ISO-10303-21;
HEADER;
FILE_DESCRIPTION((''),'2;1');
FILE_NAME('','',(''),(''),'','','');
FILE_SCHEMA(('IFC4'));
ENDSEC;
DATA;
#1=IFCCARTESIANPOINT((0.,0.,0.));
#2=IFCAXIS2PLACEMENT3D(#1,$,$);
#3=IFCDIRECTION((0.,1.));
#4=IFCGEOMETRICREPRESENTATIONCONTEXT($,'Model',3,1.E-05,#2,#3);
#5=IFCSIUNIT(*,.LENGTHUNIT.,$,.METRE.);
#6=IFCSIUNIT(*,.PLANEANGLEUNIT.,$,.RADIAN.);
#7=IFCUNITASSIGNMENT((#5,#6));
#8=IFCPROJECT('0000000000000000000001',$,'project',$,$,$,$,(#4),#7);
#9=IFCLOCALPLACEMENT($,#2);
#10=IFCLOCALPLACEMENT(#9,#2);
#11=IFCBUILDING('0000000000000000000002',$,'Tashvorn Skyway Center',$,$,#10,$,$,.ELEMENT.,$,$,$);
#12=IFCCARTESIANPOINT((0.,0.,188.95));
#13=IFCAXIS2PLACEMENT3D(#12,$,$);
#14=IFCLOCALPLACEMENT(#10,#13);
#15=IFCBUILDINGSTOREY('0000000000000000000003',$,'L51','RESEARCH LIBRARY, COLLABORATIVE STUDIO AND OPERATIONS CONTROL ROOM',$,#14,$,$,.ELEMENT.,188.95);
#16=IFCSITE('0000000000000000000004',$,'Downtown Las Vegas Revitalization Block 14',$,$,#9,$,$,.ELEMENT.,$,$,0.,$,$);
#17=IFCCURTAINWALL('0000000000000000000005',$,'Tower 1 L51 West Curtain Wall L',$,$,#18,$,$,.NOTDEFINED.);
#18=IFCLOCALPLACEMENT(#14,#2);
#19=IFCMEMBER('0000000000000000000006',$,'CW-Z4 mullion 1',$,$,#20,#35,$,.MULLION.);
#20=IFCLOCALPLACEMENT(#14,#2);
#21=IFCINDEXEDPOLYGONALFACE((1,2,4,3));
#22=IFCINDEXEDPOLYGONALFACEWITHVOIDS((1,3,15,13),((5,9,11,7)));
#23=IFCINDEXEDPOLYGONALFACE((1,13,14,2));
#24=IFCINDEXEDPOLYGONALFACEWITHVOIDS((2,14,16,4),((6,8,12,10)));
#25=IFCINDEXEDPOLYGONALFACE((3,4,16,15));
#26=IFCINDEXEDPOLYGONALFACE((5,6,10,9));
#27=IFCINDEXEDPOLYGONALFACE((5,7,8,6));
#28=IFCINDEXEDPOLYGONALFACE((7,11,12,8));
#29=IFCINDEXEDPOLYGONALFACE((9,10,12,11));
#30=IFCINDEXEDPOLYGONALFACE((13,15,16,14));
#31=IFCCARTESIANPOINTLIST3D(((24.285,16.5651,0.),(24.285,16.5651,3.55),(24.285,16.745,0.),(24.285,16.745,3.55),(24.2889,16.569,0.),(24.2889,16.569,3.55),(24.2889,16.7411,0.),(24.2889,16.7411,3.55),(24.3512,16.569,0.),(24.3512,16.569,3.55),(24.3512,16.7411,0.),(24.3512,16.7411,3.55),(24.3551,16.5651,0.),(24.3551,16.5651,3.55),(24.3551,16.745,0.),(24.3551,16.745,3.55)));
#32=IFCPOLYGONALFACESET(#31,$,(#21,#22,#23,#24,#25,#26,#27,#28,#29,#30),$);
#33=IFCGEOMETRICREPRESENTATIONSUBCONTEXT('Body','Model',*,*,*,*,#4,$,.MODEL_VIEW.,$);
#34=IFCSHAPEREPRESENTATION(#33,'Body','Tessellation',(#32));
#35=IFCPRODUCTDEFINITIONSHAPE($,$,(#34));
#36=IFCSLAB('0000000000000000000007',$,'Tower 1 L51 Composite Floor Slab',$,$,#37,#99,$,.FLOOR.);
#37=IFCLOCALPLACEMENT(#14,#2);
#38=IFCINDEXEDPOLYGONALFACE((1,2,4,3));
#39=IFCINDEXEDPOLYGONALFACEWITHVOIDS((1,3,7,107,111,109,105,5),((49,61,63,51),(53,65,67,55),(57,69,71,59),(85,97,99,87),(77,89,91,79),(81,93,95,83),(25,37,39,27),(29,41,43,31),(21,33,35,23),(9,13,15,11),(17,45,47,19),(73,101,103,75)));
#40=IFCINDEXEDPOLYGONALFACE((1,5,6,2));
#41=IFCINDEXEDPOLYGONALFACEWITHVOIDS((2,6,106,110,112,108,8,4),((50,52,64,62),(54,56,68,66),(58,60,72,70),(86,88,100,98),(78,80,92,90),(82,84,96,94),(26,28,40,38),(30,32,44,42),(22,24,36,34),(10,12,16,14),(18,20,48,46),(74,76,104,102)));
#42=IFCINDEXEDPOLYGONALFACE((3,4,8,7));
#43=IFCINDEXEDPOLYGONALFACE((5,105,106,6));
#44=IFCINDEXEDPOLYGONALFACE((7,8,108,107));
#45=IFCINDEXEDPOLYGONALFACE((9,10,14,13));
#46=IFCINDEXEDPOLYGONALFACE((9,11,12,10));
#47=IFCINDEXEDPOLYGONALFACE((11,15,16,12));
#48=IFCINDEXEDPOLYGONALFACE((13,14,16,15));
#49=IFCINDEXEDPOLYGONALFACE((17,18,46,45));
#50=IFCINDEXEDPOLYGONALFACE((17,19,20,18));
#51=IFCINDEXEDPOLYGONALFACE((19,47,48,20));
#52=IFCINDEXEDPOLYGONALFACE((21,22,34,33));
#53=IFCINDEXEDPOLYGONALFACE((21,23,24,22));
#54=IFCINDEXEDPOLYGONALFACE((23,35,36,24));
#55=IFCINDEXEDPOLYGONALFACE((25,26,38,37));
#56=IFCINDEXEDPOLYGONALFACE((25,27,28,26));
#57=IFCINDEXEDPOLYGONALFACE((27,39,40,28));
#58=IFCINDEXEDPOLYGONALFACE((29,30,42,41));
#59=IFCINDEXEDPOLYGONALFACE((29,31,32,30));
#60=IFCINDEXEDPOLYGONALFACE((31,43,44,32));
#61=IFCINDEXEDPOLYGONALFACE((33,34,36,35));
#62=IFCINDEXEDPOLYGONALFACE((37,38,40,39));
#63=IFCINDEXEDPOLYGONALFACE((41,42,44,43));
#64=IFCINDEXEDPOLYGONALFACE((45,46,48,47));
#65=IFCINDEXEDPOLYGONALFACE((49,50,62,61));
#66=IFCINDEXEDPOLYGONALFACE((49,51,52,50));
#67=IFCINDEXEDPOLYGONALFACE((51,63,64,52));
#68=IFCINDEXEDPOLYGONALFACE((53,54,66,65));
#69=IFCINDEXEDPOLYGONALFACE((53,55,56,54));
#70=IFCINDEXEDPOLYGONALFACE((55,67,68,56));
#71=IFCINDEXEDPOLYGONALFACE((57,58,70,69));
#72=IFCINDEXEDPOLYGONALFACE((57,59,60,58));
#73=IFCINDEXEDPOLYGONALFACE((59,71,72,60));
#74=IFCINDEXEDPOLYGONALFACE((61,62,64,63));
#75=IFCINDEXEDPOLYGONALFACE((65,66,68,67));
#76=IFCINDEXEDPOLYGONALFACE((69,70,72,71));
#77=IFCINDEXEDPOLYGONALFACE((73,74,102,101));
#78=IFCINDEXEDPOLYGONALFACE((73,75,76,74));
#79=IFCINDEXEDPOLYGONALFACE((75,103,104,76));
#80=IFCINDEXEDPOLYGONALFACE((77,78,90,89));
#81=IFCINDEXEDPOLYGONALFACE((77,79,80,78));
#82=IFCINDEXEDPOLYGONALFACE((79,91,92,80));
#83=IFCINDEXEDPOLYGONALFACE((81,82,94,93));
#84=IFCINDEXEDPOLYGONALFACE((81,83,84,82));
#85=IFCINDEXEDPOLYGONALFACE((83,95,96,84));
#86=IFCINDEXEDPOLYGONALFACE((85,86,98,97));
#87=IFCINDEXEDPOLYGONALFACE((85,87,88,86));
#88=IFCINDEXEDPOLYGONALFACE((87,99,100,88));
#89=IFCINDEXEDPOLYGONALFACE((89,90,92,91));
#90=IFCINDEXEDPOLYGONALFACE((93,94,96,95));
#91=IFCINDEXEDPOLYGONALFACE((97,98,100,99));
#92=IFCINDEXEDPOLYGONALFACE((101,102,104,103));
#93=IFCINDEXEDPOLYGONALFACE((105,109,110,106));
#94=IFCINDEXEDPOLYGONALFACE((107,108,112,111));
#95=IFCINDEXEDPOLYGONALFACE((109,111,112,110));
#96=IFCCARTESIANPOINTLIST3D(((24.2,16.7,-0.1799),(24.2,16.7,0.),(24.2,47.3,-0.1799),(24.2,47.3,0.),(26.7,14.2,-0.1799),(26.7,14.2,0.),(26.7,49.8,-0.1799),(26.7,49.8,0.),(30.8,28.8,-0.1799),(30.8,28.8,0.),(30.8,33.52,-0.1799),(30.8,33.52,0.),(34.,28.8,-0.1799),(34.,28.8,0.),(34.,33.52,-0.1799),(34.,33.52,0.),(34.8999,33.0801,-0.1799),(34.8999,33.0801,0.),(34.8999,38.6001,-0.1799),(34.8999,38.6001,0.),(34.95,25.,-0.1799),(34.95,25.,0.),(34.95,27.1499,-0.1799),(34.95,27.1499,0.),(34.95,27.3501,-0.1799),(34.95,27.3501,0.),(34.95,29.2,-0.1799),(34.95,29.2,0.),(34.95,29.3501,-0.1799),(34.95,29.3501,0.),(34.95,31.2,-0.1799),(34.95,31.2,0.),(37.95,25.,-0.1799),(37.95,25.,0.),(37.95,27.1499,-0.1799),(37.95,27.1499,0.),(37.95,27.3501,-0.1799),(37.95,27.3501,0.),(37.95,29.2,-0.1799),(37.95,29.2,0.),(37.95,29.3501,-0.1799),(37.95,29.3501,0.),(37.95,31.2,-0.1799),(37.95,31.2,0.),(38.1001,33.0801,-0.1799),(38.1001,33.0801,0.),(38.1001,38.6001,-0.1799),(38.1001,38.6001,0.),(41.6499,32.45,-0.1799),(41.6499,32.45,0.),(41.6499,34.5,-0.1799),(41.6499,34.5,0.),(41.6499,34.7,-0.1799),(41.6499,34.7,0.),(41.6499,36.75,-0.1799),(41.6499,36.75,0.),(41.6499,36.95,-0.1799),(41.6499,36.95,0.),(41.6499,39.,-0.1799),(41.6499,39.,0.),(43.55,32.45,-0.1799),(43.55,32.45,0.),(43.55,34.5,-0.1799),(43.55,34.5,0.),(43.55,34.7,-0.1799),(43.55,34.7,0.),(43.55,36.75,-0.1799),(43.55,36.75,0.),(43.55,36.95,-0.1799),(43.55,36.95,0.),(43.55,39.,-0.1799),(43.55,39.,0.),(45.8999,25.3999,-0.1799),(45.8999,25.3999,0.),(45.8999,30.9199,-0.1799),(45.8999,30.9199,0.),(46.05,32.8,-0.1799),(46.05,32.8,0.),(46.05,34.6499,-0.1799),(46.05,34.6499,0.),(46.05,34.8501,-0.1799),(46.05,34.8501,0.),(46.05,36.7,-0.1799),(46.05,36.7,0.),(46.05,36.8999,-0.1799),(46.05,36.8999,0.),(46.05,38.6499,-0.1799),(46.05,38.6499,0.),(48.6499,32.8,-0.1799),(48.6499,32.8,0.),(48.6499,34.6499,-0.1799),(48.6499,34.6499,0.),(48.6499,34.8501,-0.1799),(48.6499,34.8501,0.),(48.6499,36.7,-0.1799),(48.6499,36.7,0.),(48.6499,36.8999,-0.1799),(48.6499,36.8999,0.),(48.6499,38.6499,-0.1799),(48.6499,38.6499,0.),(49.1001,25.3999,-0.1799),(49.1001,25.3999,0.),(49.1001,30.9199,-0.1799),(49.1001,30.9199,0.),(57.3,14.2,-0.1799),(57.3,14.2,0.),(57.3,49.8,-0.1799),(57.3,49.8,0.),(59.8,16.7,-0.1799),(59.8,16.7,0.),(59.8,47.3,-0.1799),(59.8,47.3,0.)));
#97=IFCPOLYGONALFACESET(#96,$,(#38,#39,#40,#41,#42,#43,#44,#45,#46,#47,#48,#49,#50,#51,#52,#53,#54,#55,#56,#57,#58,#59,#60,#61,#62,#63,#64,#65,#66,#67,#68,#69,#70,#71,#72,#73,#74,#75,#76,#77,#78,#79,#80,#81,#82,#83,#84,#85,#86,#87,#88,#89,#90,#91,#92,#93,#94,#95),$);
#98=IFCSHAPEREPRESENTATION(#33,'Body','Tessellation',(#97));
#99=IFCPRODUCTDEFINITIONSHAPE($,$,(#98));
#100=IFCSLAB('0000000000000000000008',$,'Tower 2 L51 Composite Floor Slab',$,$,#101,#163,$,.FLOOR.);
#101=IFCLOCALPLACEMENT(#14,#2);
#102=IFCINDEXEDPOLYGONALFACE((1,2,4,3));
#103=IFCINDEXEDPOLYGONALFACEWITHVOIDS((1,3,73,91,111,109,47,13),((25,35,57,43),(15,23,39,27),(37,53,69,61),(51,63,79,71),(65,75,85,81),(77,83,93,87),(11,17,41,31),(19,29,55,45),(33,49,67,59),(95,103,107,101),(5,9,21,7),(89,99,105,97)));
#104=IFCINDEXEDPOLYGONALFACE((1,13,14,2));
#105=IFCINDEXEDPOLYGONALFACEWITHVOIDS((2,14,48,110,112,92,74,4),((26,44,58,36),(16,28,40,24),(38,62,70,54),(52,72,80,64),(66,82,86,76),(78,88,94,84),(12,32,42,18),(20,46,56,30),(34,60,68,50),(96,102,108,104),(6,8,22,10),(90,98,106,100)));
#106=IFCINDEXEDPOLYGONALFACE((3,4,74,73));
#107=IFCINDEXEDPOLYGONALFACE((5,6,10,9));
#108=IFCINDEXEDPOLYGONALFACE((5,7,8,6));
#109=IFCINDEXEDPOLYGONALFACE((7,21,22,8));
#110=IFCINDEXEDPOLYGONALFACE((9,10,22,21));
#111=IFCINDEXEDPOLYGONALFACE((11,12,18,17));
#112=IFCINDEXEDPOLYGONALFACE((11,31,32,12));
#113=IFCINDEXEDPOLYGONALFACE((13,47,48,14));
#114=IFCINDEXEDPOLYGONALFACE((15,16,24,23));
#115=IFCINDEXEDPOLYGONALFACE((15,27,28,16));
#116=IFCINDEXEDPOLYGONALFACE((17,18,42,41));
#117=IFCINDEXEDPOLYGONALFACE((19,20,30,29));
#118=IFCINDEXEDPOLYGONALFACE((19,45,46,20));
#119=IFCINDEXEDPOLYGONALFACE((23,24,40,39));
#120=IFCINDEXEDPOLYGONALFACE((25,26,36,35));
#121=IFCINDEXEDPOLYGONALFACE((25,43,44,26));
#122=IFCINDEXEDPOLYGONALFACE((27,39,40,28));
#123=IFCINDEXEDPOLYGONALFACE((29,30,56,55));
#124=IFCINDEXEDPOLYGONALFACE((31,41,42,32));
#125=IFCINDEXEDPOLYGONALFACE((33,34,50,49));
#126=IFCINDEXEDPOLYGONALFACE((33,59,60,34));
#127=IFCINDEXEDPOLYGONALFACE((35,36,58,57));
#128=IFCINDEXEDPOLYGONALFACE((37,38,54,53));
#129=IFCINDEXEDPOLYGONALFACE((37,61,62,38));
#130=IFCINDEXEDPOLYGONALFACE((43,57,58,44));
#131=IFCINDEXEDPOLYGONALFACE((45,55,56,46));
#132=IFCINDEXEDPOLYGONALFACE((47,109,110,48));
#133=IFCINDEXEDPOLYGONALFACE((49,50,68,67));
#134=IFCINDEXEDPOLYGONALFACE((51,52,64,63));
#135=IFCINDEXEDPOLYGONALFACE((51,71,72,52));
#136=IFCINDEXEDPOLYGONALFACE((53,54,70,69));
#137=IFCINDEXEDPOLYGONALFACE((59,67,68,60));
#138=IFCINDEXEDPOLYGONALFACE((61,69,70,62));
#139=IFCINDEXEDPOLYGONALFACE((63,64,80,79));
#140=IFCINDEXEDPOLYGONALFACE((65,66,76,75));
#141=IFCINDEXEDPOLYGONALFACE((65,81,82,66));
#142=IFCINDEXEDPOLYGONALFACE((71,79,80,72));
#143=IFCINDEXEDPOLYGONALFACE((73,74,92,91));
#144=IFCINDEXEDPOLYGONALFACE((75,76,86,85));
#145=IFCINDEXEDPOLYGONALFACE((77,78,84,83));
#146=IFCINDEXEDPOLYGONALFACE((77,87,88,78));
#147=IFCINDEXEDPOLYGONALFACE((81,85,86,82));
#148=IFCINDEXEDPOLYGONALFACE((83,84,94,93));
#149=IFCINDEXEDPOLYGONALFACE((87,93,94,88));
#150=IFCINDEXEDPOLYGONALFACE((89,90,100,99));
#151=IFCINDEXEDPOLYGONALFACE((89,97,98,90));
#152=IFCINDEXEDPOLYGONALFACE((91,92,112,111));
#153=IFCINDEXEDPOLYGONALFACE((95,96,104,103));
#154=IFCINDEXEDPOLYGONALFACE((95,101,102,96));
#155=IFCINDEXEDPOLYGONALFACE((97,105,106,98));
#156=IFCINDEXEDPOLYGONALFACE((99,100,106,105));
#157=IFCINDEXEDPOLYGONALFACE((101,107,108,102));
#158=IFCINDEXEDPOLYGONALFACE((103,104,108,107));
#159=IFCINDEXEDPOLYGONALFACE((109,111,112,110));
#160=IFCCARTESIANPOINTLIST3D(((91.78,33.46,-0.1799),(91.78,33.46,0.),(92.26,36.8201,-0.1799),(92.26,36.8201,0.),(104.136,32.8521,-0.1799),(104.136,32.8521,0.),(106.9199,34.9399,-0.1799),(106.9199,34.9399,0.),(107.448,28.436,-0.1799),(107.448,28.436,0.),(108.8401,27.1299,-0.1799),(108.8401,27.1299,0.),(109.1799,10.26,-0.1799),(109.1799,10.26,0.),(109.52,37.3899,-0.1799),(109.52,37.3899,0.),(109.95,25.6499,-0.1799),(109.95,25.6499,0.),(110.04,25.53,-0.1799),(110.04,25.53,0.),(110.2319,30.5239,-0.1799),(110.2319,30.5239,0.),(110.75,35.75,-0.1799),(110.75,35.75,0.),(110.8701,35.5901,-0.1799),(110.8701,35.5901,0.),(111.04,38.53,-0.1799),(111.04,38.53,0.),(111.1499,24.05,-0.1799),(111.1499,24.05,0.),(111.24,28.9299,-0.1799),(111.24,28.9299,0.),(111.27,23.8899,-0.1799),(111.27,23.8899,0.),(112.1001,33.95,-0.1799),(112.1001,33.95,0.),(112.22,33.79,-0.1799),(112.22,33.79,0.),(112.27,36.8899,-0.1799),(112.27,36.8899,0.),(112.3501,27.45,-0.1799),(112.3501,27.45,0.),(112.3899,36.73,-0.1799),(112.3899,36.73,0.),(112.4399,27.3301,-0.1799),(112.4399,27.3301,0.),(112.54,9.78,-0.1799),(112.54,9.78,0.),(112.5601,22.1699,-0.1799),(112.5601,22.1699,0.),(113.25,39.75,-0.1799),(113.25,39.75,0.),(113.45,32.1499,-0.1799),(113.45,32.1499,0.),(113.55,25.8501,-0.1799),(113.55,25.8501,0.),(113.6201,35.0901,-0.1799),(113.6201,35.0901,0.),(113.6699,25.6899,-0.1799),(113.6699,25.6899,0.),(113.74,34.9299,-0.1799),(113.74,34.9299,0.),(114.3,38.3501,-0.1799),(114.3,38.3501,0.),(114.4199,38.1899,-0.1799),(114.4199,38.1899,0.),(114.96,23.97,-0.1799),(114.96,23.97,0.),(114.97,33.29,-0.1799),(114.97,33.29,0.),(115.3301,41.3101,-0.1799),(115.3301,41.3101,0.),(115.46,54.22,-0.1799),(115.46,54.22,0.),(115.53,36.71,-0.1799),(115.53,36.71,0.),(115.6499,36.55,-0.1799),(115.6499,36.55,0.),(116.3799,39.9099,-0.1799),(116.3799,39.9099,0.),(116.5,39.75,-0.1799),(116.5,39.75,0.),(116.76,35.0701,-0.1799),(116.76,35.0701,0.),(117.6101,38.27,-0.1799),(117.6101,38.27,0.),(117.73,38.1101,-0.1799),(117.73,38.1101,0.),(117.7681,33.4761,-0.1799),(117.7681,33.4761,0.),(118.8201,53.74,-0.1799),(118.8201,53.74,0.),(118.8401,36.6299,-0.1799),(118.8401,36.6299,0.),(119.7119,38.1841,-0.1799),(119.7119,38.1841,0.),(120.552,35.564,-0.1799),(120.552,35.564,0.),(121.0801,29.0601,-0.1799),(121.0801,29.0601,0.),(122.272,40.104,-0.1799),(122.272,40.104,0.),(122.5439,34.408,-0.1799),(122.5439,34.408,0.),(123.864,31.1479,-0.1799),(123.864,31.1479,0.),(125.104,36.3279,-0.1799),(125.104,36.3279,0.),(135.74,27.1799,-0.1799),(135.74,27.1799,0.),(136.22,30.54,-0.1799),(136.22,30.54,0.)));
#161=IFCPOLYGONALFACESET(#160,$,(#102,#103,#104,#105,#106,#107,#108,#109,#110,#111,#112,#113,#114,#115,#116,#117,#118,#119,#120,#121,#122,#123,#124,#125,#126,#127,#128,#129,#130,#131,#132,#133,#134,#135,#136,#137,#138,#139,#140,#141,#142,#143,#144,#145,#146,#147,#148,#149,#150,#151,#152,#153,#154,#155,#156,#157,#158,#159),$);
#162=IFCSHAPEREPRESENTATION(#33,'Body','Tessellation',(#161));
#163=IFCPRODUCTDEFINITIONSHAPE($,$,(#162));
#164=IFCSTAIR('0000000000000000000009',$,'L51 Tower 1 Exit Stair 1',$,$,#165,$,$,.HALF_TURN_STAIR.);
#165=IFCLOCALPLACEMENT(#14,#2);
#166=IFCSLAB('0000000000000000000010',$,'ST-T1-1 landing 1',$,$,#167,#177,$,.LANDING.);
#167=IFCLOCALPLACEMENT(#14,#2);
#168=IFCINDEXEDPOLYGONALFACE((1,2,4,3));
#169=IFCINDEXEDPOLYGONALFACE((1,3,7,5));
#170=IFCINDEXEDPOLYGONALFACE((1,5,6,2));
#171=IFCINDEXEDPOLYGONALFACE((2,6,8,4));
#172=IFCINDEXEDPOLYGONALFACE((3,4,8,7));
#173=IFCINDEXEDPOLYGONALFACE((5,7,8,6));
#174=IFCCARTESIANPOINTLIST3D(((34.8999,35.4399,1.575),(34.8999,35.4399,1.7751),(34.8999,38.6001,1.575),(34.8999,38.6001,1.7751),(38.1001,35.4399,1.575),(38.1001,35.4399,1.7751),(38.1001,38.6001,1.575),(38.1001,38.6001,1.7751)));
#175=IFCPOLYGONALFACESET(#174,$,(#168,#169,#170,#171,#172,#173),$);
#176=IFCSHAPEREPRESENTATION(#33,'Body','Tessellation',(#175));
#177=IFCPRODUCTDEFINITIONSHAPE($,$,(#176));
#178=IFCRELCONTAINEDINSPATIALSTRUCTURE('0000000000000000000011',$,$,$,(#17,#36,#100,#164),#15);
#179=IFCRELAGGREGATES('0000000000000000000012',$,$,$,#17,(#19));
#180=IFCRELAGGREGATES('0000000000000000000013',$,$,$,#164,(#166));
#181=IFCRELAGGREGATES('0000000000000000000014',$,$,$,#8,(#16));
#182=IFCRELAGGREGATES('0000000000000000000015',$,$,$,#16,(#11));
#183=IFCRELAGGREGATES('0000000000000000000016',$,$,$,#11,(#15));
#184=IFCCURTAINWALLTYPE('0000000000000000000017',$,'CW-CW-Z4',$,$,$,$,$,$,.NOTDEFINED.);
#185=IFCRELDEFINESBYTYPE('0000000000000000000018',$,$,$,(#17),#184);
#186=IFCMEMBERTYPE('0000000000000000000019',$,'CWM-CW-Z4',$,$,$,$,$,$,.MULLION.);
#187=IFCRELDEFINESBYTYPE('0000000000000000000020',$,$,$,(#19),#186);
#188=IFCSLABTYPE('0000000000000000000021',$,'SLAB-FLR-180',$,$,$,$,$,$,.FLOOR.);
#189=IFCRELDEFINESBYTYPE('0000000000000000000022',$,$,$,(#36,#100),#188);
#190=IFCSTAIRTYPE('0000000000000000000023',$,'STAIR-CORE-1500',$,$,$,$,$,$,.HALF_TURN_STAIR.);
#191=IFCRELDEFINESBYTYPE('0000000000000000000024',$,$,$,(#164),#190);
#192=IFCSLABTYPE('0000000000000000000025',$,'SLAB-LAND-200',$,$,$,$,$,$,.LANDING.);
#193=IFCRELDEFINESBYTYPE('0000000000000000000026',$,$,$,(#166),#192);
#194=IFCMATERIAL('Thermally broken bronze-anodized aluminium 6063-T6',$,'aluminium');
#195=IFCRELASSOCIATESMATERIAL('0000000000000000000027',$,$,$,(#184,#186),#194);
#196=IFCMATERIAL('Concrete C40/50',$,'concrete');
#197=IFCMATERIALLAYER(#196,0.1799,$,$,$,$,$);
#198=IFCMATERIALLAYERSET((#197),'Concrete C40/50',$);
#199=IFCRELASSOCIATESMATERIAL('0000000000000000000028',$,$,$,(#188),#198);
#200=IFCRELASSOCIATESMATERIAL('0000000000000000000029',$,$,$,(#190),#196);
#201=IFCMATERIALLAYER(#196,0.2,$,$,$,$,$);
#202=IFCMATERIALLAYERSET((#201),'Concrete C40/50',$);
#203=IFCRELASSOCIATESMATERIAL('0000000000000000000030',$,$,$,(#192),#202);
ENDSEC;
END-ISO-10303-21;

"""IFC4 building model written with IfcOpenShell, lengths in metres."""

from ifc_helpers import new_model, si_unit, direction, frame, origin, origin_2d, place, context, subcontext, project, spatial, polyline, hollow_rectangle, outline, extrude, material, layer, layer_set, material_profile, profile_set, type_object, element, aggregate, save


model = new_model("IFC4")

# Units and contexts
model_context = context("Model", 3, precision=1e-05, world=origin(), true_north=direction((0.0, 1.0)))
body_context = subcontext(model_context, "Body", "Model", "MODEL_VIEW")
ifc_project = project(units=[si_unit("LENGTHUNIT", "METRE"), si_unit("PLANEANGLEUNIT", "RADIAN")], contexts=[model_context])

# Site, building, storey
site_placement = place(None, origin())
site = spatial("IfcSite", under=ifc_project, at=site_placement, Name="Downtown Las Vegas Revitalization Block 14", CompositionType="ELEMENT", RefElevation=0.0)
building_placement = place(site_placement, origin())
building = spatial("IfcBuilding", under=site, at=building_placement, Name="Tashvorn Skyway Center", CompositionType="ELEMENT")
storey_placement = place(building_placement, frame((0.0, 0.0, 188.95)))
storey = spatial("IfcBuildingStorey", under=building, at=storey_placement, Name="L51", Description="RESEARCH LIBRARY, COLLABORATIVE STUDIO AND OPERATIONS CONTROL ROOM", CompositionType="ELEMENT", Elevation=188.95)

# Curtain wall, member
ifc_material_1 = material(Name="Thermally broken bronze-anodized aluminium 6063-T6", Category="aluminium")
curtain_wall_type = type_object("IfcCurtainWallType", Name="CW-CW-Z4", PredefinedType="NOTDEFINED", material=ifc_material_1)
curtain_wall_placement = place(storey_placement, origin())
curtain_wall = element("IfcCurtainWall", 1, at=curtain_wall_placement, inside=storey, type_object=curtain_wall_type, Name="Tower 1 L51 West Curtain Wall L", PredefinedType="NOTDEFINED")
ifc_material_profile = material_profile(ifc_material_1, hollow_rectangle(XDim=0.0701, YDim=0.1799, WallThickness=0.0039, at=origin_2d()), Name="ALU-MULL-70x180")
ifc_profile_set = profile_set([ifc_material_profile], Name="Thermally broken bronze-anodized aluminium 6063-T6")
member_type = type_object("IfcMemberType", Name="CWM-CW-Z4", PredefinedType="MULLION", material=ifc_profile_set)
member_placement = place(storey_placement, frame((24.3201, 16.655, 0.0), z_axis=(0.0, 0.0, 1.0), x_axis=(-1.0, 0.0, 0.0)))
member = element("IfcMember", 2, at=member_placement, type_object=member_type, Name="CW-Z4 mullion 1", PredefinedType="MULLION", context=body_context, shape_type="SweptSolid", body=[
    extrude(hollow_rectangle(XDim=0.0701, YDim=0.1799, WallThickness=0.0039, at=origin_2d()), origin(), (0.0, 0.0, 1.0), 3.55),
])
aggregate(curtain_wall, [member])

# Slabs
ifc_material_2 = material(Name="Concrete C40/50", Category="concrete")
ifc_layer_1 = layer(ifc_material_2, 0.1799)
ifc_layer_set_1 = layer_set([ifc_layer_1], Name="Concrete C40/50")
slab_type_1 = type_object("IfcSlabType", Name="SLAB-FLR-180", PredefinedType="FLOOR", material=ifc_layer_set_1)
slab_1_placement = place(storey_placement, frame((0.0, 0.0, -0.1799)))
element("IfcSlab", 3, at=slab_1_placement, inside=storey, type_object=slab_type_1, Name="Tower 1 L51 Composite Floor Slab", PredefinedType="FLOOR", context=body_context, shape_type="SweptSolid", body=[
    extrude(outline(polyline([(26.7, 14.2), (57.3, 14.2), (59.8, 16.7), (59.8, 47.3), (57.3, 49.8), (26.7, 49.8), (24.2, 47.3), (24.2, 16.7), (26.7, 14.2)]), holes=[polyline([(38.1001, 33.0801), (38.1001, 38.6001), (34.8999, 38.6001), (34.8999, 33.0801), (38.1001, 33.0801)]), polyline([(45.8999, 30.9199), (45.8999, 25.3999), (49.1001, 25.3999), (49.1001, 30.9199), (45.8999, 30.9199)]), polyline([(30.8, 33.52), (30.8, 28.8), (34.0, 28.8), (34.0, 33.52), (30.8, 33.52)]), polyline([(34.95, 29.3501), (37.95, 29.3501), (37.95, 31.2), (34.95, 31.2), (34.95, 29.3501)]), polyline([(34.95, 27.3501), (37.95, 27.3501), (37.95, 29.2), (34.95, 29.2), (34.95, 27.3501)]), polyline([(34.95, 25.0), (37.95, 25.0), (37.95, 27.1499), (34.95, 27.1499), (34.95, 25.0)]), polyline([(41.6499, 32.45), (43.55, 32.45), (43.55, 34.5), (41.6499, 34.5), (41.6499, 32.45)]), polyline([(41.6499, 34.7), (43.55, 34.7), (43.55, 36.75), (41.6499, 36.75), (41.6499, 34.7)]), polyline([(41.6499, 36.95), (43.55, 36.95), (43.55, 39.0), (41.6499, 39.0), (41.6499, 36.95)]), polyline([(46.05, 32.8), (48.6499, 32.8), (48.6499, 34.6499), (46.05, 34.6499), (46.05, 32.8)]), polyline([(46.05, 34.8501), (48.6499, 34.8501), (48.6499, 36.7), (46.05, 36.7), (46.05, 34.8501)]), polyline([(46.05, 36.8999), (48.6499, 36.8999), (48.6499, 38.6499), (46.05, 38.6499), (46.05, 36.8999)])]), origin(), (0.0, 0.0, 1.0), 0.1799),
])
slab_2_placement = place(storey_placement, frame((0.0, 0.0, -0.1799)))
element("IfcSlab", 4, at=slab_2_placement, inside=storey, type_object=slab_type_1, Name="Tower 2 L51 Composite Floor Slab", PredefinedType="FLOOR", context=body_context, shape_type="SweptSolid", body=[
    extrude(outline(polyline([(112.54, 9.78), (135.74, 27.1799), (136.22, 30.54), (118.8201, 53.74), (115.46, 54.22), (92.26, 36.8201), (91.78, 33.46), (109.1799, 10.26), (112.54, 9.78)]), holes=[polyline([(110.2319, 30.5239), (106.9199, 34.9399), (104.136, 32.8521), (107.448, 28.436), (110.2319, 30.5239)]), polyline([(117.7681, 33.4761), (121.0801, 29.0601), (123.864, 31.1479), (120.552, 35.564), (117.7681, 33.4761)]), polyline([(119.7119, 38.1841), (122.5439, 34.408), (125.104, 36.3279), (122.272, 40.104), (119.7119, 38.1841)]), polyline([(109.95, 25.6499), (112.3501, 27.45), (111.24, 28.9299), (108.8401, 27.1299), (109.95, 25.6499)]), polyline([(111.1499, 24.05), (113.55, 25.8501), (112.4399, 27.3301), (110.04, 25.53), (111.1499, 24.05)]), polyline([(112.5601, 22.1699), (114.96, 23.97), (113.6699, 25.6899), (111.27, 23.8899), (112.5601, 22.1699)]), polyline([(113.45, 32.1499), (114.97, 33.29), (113.74, 34.9299), (112.22, 33.79), (113.45, 32.1499)]), polyline([(112.1001, 33.95), (113.6201, 35.0901), (112.3899, 36.73), (110.8701, 35.5901), (112.1001, 33.95)]), polyline([(110.75, 35.75), (112.27, 36.8899), (111.04, 38.53), (109.52, 37.3899), (110.75, 35.75)]), polyline([(116.76, 35.0701), (118.8401, 36.6299), (117.73, 38.1101), (115.6499, 36.55), (116.76, 35.0701)]), polyline([(115.53, 36.71), (117.6101, 38.27), (116.5, 39.75), (114.4199, 38.1899), (115.53, 36.71)]), polyline([(114.3, 38.3501), (116.3799, 39.9099), (115.3301, 41.3101), (113.25, 39.75), (114.3, 38.3501)])]), origin(), (0.0, 0.0, 1.0), 0.1799),
])

# Stair, slab
stair_type = type_object("IfcStairType", Name="STAIR-CORE-1500", PredefinedType="HALF_TURN_STAIR", material=ifc_material_2)
stair_1_placement = place(storey_placement, origin())
stair_1 = element("IfcStair", 5, at=stair_1_placement, inside=storey, type_object=stair_type, Name="L51 Tower 1 Exit Stair 1", PredefinedType="HALF_TURN_STAIR")
ifc_layer_2 = layer(ifc_material_2, 0.2)
ifc_layer_set_2 = layer_set([ifc_layer_2], Name="Concrete C40/50")
slab_type_2 = type_object("IfcSlabType", Name="SLAB-LAND-200", PredefinedType="LANDING", material=ifc_layer_set_2)
slab_3_placement = place(storey_placement, frame((0.0, 0.0, 1.575)))
slab_3 = element("IfcSlab", 6, at=slab_3_placement, type_object=slab_type_2, Name="ST-T1-1 landing 1", PredefinedType="LANDING", context=body_context, shape_type="SweptSolid", body=[
    extrude(outline(polyline([(38.1001, 35.4399), (38.1001, 38.6001), (34.8999, 38.6001), (34.8999, 35.4399), (38.1001, 35.4399)])), origin(), (0.0, 0.0, 1.0), 0.2002),
])
aggregate(stair_1, [slab_3])

save(model, "model.ifc")
